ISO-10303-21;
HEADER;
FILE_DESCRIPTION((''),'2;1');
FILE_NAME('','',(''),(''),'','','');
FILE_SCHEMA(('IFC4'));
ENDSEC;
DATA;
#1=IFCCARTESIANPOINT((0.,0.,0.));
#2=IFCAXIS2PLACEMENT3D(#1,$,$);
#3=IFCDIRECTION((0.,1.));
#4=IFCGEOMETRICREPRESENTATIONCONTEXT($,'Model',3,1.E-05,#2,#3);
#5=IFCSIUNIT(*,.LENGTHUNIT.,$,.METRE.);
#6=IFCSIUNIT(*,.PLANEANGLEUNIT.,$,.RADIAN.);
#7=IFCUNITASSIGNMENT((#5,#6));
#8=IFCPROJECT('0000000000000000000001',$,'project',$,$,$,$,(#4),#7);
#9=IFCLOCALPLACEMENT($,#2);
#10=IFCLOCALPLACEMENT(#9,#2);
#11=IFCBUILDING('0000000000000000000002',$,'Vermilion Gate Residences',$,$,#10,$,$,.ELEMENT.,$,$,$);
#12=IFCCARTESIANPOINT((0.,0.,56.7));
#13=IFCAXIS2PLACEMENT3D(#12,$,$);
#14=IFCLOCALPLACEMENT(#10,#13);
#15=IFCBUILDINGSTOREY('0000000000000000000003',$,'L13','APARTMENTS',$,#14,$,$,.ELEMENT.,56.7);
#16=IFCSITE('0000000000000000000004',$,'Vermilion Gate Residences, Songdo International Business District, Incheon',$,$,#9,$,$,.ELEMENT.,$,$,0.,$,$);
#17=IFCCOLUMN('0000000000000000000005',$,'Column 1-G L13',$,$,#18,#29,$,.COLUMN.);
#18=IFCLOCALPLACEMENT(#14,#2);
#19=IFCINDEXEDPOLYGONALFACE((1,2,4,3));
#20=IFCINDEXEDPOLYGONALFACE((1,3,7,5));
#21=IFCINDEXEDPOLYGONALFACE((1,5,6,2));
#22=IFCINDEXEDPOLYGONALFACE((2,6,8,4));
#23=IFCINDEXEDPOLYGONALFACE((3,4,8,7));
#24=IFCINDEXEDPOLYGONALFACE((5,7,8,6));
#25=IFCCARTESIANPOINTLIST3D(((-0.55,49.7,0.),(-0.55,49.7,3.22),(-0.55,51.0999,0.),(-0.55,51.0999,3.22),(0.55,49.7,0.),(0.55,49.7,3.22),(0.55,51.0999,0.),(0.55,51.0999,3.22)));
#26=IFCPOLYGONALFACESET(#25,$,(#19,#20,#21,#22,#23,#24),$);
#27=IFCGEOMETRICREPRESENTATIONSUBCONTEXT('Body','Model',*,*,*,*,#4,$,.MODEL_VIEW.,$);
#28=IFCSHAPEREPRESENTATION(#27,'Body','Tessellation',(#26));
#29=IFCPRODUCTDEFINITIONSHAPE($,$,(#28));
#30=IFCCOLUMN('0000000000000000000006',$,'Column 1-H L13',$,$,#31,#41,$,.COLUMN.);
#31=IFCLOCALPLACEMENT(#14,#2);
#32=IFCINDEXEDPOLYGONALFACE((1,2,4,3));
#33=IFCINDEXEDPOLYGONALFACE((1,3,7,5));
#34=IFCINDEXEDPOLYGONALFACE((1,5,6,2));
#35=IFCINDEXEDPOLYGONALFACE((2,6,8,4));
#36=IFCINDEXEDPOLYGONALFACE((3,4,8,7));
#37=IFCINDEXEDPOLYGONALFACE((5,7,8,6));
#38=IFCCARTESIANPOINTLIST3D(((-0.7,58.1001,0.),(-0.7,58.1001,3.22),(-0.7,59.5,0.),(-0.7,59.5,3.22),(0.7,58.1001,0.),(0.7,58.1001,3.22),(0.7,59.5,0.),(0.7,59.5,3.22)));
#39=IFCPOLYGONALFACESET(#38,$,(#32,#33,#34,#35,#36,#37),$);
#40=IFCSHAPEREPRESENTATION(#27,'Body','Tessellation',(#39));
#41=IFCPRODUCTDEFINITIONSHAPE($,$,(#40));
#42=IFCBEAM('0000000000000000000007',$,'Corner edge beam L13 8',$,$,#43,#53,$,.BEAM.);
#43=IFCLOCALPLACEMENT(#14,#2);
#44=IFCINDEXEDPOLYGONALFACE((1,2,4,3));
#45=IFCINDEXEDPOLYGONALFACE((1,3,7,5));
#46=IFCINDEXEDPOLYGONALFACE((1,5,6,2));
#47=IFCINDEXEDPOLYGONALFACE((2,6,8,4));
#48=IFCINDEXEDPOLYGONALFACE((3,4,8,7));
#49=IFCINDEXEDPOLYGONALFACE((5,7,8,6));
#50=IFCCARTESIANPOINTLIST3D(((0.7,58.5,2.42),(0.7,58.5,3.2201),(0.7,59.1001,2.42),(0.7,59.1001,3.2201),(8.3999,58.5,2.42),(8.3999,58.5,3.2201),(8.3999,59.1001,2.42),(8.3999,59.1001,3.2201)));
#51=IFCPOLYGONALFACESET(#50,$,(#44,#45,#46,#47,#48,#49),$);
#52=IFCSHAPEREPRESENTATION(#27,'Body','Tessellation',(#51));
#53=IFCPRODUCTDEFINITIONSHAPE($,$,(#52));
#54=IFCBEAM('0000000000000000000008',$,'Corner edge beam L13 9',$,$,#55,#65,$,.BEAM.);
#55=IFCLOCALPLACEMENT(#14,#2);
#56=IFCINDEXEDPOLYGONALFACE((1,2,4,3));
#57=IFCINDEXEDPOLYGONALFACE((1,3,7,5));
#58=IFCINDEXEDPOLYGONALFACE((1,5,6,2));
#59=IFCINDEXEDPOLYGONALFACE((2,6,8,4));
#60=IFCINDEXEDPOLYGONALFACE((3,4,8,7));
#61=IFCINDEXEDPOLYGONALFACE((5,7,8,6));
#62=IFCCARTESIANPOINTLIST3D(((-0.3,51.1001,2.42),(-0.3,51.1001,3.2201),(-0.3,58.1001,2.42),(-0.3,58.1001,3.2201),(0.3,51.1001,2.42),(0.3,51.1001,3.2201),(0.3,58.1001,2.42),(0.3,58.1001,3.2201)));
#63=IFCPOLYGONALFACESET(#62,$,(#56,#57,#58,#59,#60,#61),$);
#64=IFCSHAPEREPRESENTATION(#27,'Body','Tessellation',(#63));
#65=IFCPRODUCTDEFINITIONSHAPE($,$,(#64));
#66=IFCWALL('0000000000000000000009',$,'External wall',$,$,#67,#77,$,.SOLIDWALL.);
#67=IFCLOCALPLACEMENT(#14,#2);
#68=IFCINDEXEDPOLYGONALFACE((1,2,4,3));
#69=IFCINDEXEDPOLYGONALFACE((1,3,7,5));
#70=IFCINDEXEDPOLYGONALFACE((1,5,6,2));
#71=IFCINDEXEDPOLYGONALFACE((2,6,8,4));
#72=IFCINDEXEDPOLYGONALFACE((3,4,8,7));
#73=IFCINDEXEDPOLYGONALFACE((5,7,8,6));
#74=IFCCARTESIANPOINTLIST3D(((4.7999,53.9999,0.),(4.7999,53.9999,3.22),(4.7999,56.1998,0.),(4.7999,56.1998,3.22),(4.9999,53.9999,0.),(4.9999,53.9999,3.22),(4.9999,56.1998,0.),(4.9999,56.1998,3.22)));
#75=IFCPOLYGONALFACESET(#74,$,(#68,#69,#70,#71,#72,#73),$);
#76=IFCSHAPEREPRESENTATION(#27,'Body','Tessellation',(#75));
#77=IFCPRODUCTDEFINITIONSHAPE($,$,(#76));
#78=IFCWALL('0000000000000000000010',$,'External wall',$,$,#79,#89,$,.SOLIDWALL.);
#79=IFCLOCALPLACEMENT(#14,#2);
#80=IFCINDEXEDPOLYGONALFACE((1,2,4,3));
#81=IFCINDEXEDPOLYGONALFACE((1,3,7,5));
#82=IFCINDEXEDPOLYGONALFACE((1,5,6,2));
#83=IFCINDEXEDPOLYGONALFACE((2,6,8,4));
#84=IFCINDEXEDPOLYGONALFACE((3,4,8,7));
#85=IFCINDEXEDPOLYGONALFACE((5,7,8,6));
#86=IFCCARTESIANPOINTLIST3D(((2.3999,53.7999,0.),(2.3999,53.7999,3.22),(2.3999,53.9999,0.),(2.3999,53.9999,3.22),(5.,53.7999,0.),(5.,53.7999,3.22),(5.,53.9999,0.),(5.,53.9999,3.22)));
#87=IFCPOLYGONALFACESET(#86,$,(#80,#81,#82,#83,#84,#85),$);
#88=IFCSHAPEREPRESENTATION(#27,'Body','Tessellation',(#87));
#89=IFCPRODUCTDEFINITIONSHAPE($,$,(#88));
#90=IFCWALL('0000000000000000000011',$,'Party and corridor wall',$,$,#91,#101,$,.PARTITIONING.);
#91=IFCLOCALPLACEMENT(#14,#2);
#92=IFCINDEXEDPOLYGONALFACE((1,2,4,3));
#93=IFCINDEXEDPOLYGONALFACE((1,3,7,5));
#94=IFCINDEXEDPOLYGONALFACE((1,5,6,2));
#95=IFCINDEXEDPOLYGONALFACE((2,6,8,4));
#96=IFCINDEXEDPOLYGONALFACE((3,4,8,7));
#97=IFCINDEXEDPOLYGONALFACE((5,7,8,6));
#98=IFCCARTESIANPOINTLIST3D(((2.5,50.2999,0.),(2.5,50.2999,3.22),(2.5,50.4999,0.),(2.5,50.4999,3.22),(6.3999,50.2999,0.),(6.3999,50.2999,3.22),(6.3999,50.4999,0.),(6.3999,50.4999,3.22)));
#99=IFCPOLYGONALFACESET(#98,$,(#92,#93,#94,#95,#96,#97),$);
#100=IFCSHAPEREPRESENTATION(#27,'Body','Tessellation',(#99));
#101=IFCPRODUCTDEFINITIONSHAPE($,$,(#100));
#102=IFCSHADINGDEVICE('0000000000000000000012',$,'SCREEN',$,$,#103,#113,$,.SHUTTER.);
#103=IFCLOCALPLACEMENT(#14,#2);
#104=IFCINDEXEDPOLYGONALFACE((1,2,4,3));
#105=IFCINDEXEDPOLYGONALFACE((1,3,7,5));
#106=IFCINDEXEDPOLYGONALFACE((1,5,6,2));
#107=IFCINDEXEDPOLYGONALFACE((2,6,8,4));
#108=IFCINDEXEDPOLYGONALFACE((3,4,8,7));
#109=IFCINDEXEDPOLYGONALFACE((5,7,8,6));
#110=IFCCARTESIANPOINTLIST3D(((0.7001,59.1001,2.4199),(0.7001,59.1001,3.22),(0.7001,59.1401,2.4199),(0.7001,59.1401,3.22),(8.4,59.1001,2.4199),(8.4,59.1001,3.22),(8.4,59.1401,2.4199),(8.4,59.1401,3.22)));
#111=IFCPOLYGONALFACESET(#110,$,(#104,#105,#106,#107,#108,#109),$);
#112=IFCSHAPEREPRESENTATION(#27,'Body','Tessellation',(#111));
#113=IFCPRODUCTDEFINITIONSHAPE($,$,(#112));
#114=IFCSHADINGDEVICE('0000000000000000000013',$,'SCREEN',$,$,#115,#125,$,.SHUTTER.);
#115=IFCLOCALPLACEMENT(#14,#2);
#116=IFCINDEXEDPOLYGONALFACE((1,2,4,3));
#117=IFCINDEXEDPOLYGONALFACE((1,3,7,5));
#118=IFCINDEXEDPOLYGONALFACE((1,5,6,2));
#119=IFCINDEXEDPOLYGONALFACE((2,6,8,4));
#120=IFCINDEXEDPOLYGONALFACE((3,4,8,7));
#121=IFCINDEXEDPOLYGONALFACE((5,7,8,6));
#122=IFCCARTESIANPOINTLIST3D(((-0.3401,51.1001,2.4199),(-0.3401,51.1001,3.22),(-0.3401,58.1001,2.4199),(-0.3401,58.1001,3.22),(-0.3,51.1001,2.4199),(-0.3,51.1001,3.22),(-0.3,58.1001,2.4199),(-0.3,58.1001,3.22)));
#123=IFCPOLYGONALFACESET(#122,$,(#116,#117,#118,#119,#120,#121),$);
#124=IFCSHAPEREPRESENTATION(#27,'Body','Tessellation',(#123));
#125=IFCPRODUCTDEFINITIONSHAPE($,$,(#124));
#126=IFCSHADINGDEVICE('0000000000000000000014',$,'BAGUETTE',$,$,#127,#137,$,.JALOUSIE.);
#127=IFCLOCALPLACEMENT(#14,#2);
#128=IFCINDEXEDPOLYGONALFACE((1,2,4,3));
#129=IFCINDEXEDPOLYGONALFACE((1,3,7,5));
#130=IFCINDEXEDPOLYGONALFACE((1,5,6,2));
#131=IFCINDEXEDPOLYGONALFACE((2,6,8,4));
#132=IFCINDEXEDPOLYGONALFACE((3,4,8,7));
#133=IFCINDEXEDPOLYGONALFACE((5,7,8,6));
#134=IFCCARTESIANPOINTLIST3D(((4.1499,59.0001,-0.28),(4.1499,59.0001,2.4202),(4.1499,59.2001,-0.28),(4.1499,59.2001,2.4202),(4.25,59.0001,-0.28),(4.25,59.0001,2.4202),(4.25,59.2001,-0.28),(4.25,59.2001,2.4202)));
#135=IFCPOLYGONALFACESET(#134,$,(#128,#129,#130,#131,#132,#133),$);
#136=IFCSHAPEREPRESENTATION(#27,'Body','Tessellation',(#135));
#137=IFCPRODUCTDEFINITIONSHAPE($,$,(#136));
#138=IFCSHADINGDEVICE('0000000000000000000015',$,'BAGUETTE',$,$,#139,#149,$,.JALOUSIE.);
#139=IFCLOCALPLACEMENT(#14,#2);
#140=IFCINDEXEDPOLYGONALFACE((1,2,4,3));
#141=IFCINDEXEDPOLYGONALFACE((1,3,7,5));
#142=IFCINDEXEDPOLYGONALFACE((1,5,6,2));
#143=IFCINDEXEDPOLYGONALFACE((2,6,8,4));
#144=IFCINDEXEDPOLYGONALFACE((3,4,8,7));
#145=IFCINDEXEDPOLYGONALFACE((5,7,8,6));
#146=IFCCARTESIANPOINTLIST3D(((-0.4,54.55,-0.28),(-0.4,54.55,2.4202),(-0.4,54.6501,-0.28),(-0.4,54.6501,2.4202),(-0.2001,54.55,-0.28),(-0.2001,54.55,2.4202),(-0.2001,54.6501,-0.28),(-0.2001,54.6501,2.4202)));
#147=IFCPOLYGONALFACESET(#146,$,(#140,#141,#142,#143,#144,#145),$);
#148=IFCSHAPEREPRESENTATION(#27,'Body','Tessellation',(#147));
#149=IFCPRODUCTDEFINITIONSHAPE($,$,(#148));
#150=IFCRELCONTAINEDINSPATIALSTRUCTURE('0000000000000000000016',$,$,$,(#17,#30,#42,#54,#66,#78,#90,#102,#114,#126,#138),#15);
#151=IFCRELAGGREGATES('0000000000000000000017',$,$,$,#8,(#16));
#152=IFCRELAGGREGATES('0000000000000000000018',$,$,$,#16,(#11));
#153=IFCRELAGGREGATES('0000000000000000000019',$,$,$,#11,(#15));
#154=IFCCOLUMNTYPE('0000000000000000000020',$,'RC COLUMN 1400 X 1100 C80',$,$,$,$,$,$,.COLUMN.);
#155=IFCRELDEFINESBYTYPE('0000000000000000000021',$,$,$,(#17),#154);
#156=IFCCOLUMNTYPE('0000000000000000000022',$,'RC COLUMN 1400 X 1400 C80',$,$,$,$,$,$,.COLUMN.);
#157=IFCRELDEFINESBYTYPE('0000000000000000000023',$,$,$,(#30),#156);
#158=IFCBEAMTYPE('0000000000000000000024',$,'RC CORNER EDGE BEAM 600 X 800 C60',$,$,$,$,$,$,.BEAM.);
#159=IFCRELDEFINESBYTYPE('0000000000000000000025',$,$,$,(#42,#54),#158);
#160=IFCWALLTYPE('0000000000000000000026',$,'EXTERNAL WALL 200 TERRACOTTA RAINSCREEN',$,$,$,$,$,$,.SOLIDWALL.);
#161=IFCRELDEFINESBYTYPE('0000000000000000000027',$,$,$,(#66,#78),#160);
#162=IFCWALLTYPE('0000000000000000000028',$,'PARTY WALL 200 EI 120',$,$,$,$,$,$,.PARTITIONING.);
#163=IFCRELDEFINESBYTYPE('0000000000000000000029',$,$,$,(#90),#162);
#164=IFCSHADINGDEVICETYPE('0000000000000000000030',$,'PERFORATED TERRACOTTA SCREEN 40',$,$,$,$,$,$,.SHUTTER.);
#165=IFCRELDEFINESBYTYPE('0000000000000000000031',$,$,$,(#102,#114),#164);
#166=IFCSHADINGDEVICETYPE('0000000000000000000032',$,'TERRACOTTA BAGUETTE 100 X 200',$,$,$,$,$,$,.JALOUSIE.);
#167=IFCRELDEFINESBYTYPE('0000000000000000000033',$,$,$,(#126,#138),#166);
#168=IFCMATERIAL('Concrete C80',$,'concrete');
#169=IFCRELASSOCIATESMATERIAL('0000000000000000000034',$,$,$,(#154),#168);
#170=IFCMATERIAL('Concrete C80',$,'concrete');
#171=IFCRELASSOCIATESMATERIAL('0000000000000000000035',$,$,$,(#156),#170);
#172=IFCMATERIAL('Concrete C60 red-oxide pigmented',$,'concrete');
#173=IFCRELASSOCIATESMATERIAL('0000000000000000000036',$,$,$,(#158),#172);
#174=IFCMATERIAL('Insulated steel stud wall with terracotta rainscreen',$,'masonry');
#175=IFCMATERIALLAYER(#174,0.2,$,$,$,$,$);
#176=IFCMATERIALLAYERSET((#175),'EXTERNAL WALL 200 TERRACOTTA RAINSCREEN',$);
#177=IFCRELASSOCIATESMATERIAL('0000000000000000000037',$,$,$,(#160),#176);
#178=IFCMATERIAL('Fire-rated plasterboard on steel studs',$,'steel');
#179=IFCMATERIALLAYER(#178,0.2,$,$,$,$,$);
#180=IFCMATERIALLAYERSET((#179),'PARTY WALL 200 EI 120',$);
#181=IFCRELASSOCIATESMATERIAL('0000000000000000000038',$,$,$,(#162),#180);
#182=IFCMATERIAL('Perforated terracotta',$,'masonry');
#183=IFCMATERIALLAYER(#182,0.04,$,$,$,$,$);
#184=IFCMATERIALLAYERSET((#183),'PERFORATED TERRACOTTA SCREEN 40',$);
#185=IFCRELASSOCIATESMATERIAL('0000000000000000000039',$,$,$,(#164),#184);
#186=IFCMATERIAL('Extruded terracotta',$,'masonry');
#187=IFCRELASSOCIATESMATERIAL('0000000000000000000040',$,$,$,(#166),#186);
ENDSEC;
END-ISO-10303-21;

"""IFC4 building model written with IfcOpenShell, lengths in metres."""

from ifc_helpers import new_model, si_unit, direction, frame, frame_2d, origin, origin_2d, place, context, subcontext, project, spatial, rectangle, extrude, material, layer, layer_set, material_profile, profile_set, type_object, element, save


model = new_model("IFC4")

# Units and contexts
model_context = context("Model", 3, precision=1e-05, world=origin(), true_north=direction((0.0, 1.0)))
body_context = subcontext(model_context, "Body", "Model", "MODEL_VIEW")
ifc_project = project(units=[si_unit("LENGTHUNIT", "METRE"), si_unit("PLANEANGLEUNIT", "RADIAN")], contexts=[model_context])

# Site, building, storey
site_placement = place(None, origin())
site = spatial("IfcSite", under=ifc_project, at=site_placement, Name="Vermilion Gate Residences, Songdo International Business District, Incheon", CompositionType="ELEMENT", RefElevation=0.0)
building_placement = place(site_placement, origin())
building = spatial("IfcBuilding", under=site, at=building_placement, Name="Vermilion Gate Residences", CompositionType="ELEMENT")
storey_placement = place(building_placement, frame((0.0, 0.0, 56.7)))
storey = spatial("IfcBuildingStorey", under=building, at=storey_placement, Name="L13", Description="APARTMENTS", CompositionType="ELEMENT", Elevation=56.7)

# Columns
ifc_material_1 = material(Name="Concrete C80", Category="concrete")
ifc_material_profile_1 = material_profile(ifc_material_1, rectangle(XDim=1.3999, YDim=1.1001, at=origin_2d()), Name="RC-1400x1100")
ifc_profile_set_1 = profile_set([ifc_material_profile_1], Name="Concrete C80")
column_type_1 = type_object("IfcColumnType", Name="RC COLUMN 1400 X 1100 C80", PredefinedType="COLUMN", material=ifc_profile_set_1)
column_1_placement = place(storey_placement, frame((0.0, 50.3999, 0.0), z_axis=(0.0, 0.0, 1.0), x_axis=(0.0, 1.0, 0.0)))
element("IfcColumn", 1, at=column_1_placement, inside=storey, type_object=column_type_1, Name="Column 1-G L13", PredefinedType="COLUMN", context=body_context, shape_type="SweptSolid", body=[
    extrude(rectangle(XDim=1.3999, YDim=1.1001, at=origin_2d()), origin(), (0.0, 0.0, 1.0), 3.22),
])
ifc_material_2 = material(Name="Concrete C80", Category="concrete")
ifc_material_profile_2 = material_profile(ifc_material_2, rectangle(XDim=1.3999, YDim=1.3999, at=origin_2d()), Name="RC-1400x1400")
ifc_profile_set_2 = profile_set([ifc_material_profile_2], Name="Concrete C80")
column_type_2 = type_object("IfcColumnType", Name="RC COLUMN 1400 X 1400 C80", PredefinedType="COLUMN", material=ifc_profile_set_2)
column_2_placement = place(storey_placement, frame((0.0, 58.8, 0.0), z_axis=(0.0, 0.0, 1.0), x_axis=(1.0, 0.0, 0.0)))
element("IfcColumn", 2, at=column_2_placement, inside=storey, type_object=column_type_2, Name="Column 1-H L13", PredefinedType="COLUMN", context=body_context, shape_type="SweptSolid", body=[
    extrude(rectangle(XDim=1.3999, YDim=1.3999, at=origin_2d()), origin(), (0.0, 0.0, 1.0), 3.22),
])

# Beams
ifc_material_3 = material(Name="Concrete C60 red-oxide pigmented", Category="concrete")
ifc_material_profile_3 = material_profile(ifc_material_3, rectangle(XDim=0.6001, YDim=0.8, at=origin_2d()), Name="RC-600x800")
ifc_profile_set_3 = profile_set([ifc_material_profile_3], Name="Concrete C60 red-oxide pigmented")
beam_type = type_object("IfcBeamType", Name="RC CORNER EDGE BEAM 600 X 800 C60", PredefinedType="BEAM", material=ifc_profile_set_3)
beam_1_placement = place(storey_placement, frame((0.7, 58.8, 2.8201), z_axis=(1.0, 0.0, 0.0), x_axis=(0.0, 1.0, 0.0)))
element("IfcBeam", 3, at=beam_1_placement, inside=storey, type_object=beam_type, Name="Corner edge beam L13 8", PredefinedType="BEAM", context=body_context, shape_type="SweptSolid", body=[
    extrude(rectangle(XDim=0.6001, YDim=0.8, at=origin_2d()), origin(), (0.0, 0.0, 1.0), 7.7),
])
beam_2_placement = place(storey_placement, frame((0.0, 51.1001, 2.8201), z_axis=(0.0, 1.0, 0.0), x_axis=(-1.0, 0.0, 0.0)))
element("IfcBeam", 4, at=beam_2_placement, inside=storey, type_object=beam_type, Name="Corner edge beam L13 9", PredefinedType="BEAM", context=body_context, shape_type="SweptSolid", body=[
    extrude(rectangle(XDim=0.6001, YDim=0.8, at=origin_2d()), origin(), (0.0, 0.0, 1.0), 7.0),
])

# Walls
ifc_material_4 = material(Name="Insulated steel stud wall with terracotta rainscreen", Category="masonry")
ifc_layer_1 = layer(ifc_material_4, 0.2)
ifc_layer_set_1 = layer_set([ifc_layer_1], Name="EXTERNAL WALL 200 TERRACOTTA RAINSCREEN")
wall_type_1 = type_object("IfcWallType", Name="EXTERNAL WALL 200 TERRACOTTA RAINSCREEN", PredefinedType="SOLIDWALL", material=ifc_layer_set_1)
wall_1_placement = place(storey_placement, frame((4.8999, 56.2, 0.0), z_axis=(0.0, 0.0, 1.0), x_axis=(0.0, -1.0, 0.0)))
element("IfcWall", 5, at=wall_1_placement, inside=storey, type_object=wall_type_1, Name="External wall", PredefinedType="SOLIDWALL", context=body_context, shape_type="SweptSolid", body=[
    extrude(rectangle(XDim=2.2, YDim=0.2, at=frame_2d((1.1001, 0.0))), origin(), (0.0, 0.0, 1.0), 3.22),
])
wall_2_placement = place(storey_placement, frame((5.0, 53.8999, 0.0), z_axis=(0.0, 0.0, 1.0), x_axis=(-1.0, 0.0, 0.0)))
element("IfcWall", 6, at=wall_2_placement, inside=storey, type_object=wall_type_1, Name="External wall", PredefinedType="SOLIDWALL", context=body_context, shape_type="SweptSolid", body=[
    extrude(rectangle(XDim=2.6001, YDim=0.2, at=frame_2d((1.3, 0.0))), origin(), (0.0, 0.0, 1.0), 3.22),
])

# Wall
ifc_material_5 = material(Name="Fire-rated plasterboard on steel studs", Category="steel")
ifc_layer_2 = layer(ifc_material_5, 0.2)
ifc_layer_set_2 = layer_set([ifc_layer_2], Name="PARTY WALL 200 EI 120")
wall_type_2 = type_object("IfcWallType", Name="PARTY WALL 200 EI 120", PredefinedType="PARTITIONING", material=ifc_layer_set_2)
wall_3_placement = place(storey_placement, frame((2.5, 50.3999, 0.0), z_axis=(0.0, 0.0, 1.0), x_axis=(1.0, 0.0, 0.0)))
element("IfcWall", 7, at=wall_3_placement, inside=storey, type_object=wall_type_2, Name="Party and corridor wall", PredefinedType="PARTITIONING", context=body_context, shape_type="SweptSolid", body=[
    extrude(rectangle(XDim=3.8999, YDim=0.2, at=frame_2d((1.95, 0.0))), origin(), (0.0, 0.0, 1.0), 3.22),
])

# Shading devices
ifc_material_6 = material(Name="Perforated terracotta", Category="masonry")
ifc_layer_3 = layer(ifc_material_6, 0.04)
ifc_layer_set_3 = layer_set([ifc_layer_3], Name="PERFORATED TERRACOTTA SCREEN 40")
shading_device_type_1 = type_object("IfcShadingDeviceType", Name="PERFORATED TERRACOTTA SCREEN 40", PredefinedType="SHUTTER", material=ifc_layer_set_3)
shading_device_1_placement = place(storey_placement, frame((4.55, 59.1201, 2.4199), z_axis=(0.0, 0.0, 1.0), x_axis=(-1.0, 0.0, 0.0)))
element("IfcShadingDevice", 8, at=shading_device_1_placement, inside=storey, type_object=shading_device_type_1, Name="SCREEN", PredefinedType="SHUTTER", context=body_context, shape_type="SweptSolid", body=[
    extrude(rectangle(XDim=7.7, YDim=0.04, at=origin_2d()), origin(), (0.0, 0.0, 1.0), 0.8),
])
shading_device_2_placement = place(storey_placement, frame((-0.3201, 54.6001, 2.4199), z_axis=(0.0, 0.0, 1.0), x_axis=(0.0, -1.0, 0.0)))
element("IfcShadingDevice", 9, at=shading_device_2_placement, inside=storey, type_object=shading_device_type_1, Name="SCREEN", PredefinedType="SHUTTER", context=body_context, shape_type="SweptSolid", body=[
    extrude(rectangle(XDim=7.0, YDim=0.04, at=origin_2d()), origin(), (0.0, 0.0, 1.0), 0.8),
])
ifc_material_7 = material(Name="Extruded terracotta", Category="masonry")
ifc_material_profile_4 = material_profile(ifc_material_7, rectangle(XDim=0.2, YDim=0.1001, at=origin_2d()), Name="BAGUETTE 100 X 200")
ifc_profile_set_4 = profile_set([ifc_material_profile_4], Name="Extruded terracotta")
shading_device_type_2 = type_object("IfcShadingDeviceType", Name="TERRACOTTA BAGUETTE 100 X 200", PredefinedType="JALOUSIE", material=ifc_profile_set_4)
for number, where, z_axis, x_axis, name in (
    (10, (4.2, 59.1001, -0.28), (0.0, 0.0, 1.0), (0.0, -1.0, 0.0), "BAGUETTE"),
    (11, (-0.3, 54.6001, -0.28), (0.0, 0.0, 1.0), (1.0, 0.0, 0.0), "BAGUETTE"),
):
    element("IfcShadingDevice", number, at=place(storey_placement, frame(where, z_axis=z_axis, x_axis=x_axis)), inside=storey, type_object=shading_device_type_2, Name=name, PredefinedType="JALOUSIE", context=body_context, shape_type="SweptSolid", body=[
        extrude(rectangle(XDim=0.2, YDim=0.1001, at=origin_2d()), origin(), (0.0, 0.0, 1.0), 2.7002),
    ])

save(model, "model.ifc")
